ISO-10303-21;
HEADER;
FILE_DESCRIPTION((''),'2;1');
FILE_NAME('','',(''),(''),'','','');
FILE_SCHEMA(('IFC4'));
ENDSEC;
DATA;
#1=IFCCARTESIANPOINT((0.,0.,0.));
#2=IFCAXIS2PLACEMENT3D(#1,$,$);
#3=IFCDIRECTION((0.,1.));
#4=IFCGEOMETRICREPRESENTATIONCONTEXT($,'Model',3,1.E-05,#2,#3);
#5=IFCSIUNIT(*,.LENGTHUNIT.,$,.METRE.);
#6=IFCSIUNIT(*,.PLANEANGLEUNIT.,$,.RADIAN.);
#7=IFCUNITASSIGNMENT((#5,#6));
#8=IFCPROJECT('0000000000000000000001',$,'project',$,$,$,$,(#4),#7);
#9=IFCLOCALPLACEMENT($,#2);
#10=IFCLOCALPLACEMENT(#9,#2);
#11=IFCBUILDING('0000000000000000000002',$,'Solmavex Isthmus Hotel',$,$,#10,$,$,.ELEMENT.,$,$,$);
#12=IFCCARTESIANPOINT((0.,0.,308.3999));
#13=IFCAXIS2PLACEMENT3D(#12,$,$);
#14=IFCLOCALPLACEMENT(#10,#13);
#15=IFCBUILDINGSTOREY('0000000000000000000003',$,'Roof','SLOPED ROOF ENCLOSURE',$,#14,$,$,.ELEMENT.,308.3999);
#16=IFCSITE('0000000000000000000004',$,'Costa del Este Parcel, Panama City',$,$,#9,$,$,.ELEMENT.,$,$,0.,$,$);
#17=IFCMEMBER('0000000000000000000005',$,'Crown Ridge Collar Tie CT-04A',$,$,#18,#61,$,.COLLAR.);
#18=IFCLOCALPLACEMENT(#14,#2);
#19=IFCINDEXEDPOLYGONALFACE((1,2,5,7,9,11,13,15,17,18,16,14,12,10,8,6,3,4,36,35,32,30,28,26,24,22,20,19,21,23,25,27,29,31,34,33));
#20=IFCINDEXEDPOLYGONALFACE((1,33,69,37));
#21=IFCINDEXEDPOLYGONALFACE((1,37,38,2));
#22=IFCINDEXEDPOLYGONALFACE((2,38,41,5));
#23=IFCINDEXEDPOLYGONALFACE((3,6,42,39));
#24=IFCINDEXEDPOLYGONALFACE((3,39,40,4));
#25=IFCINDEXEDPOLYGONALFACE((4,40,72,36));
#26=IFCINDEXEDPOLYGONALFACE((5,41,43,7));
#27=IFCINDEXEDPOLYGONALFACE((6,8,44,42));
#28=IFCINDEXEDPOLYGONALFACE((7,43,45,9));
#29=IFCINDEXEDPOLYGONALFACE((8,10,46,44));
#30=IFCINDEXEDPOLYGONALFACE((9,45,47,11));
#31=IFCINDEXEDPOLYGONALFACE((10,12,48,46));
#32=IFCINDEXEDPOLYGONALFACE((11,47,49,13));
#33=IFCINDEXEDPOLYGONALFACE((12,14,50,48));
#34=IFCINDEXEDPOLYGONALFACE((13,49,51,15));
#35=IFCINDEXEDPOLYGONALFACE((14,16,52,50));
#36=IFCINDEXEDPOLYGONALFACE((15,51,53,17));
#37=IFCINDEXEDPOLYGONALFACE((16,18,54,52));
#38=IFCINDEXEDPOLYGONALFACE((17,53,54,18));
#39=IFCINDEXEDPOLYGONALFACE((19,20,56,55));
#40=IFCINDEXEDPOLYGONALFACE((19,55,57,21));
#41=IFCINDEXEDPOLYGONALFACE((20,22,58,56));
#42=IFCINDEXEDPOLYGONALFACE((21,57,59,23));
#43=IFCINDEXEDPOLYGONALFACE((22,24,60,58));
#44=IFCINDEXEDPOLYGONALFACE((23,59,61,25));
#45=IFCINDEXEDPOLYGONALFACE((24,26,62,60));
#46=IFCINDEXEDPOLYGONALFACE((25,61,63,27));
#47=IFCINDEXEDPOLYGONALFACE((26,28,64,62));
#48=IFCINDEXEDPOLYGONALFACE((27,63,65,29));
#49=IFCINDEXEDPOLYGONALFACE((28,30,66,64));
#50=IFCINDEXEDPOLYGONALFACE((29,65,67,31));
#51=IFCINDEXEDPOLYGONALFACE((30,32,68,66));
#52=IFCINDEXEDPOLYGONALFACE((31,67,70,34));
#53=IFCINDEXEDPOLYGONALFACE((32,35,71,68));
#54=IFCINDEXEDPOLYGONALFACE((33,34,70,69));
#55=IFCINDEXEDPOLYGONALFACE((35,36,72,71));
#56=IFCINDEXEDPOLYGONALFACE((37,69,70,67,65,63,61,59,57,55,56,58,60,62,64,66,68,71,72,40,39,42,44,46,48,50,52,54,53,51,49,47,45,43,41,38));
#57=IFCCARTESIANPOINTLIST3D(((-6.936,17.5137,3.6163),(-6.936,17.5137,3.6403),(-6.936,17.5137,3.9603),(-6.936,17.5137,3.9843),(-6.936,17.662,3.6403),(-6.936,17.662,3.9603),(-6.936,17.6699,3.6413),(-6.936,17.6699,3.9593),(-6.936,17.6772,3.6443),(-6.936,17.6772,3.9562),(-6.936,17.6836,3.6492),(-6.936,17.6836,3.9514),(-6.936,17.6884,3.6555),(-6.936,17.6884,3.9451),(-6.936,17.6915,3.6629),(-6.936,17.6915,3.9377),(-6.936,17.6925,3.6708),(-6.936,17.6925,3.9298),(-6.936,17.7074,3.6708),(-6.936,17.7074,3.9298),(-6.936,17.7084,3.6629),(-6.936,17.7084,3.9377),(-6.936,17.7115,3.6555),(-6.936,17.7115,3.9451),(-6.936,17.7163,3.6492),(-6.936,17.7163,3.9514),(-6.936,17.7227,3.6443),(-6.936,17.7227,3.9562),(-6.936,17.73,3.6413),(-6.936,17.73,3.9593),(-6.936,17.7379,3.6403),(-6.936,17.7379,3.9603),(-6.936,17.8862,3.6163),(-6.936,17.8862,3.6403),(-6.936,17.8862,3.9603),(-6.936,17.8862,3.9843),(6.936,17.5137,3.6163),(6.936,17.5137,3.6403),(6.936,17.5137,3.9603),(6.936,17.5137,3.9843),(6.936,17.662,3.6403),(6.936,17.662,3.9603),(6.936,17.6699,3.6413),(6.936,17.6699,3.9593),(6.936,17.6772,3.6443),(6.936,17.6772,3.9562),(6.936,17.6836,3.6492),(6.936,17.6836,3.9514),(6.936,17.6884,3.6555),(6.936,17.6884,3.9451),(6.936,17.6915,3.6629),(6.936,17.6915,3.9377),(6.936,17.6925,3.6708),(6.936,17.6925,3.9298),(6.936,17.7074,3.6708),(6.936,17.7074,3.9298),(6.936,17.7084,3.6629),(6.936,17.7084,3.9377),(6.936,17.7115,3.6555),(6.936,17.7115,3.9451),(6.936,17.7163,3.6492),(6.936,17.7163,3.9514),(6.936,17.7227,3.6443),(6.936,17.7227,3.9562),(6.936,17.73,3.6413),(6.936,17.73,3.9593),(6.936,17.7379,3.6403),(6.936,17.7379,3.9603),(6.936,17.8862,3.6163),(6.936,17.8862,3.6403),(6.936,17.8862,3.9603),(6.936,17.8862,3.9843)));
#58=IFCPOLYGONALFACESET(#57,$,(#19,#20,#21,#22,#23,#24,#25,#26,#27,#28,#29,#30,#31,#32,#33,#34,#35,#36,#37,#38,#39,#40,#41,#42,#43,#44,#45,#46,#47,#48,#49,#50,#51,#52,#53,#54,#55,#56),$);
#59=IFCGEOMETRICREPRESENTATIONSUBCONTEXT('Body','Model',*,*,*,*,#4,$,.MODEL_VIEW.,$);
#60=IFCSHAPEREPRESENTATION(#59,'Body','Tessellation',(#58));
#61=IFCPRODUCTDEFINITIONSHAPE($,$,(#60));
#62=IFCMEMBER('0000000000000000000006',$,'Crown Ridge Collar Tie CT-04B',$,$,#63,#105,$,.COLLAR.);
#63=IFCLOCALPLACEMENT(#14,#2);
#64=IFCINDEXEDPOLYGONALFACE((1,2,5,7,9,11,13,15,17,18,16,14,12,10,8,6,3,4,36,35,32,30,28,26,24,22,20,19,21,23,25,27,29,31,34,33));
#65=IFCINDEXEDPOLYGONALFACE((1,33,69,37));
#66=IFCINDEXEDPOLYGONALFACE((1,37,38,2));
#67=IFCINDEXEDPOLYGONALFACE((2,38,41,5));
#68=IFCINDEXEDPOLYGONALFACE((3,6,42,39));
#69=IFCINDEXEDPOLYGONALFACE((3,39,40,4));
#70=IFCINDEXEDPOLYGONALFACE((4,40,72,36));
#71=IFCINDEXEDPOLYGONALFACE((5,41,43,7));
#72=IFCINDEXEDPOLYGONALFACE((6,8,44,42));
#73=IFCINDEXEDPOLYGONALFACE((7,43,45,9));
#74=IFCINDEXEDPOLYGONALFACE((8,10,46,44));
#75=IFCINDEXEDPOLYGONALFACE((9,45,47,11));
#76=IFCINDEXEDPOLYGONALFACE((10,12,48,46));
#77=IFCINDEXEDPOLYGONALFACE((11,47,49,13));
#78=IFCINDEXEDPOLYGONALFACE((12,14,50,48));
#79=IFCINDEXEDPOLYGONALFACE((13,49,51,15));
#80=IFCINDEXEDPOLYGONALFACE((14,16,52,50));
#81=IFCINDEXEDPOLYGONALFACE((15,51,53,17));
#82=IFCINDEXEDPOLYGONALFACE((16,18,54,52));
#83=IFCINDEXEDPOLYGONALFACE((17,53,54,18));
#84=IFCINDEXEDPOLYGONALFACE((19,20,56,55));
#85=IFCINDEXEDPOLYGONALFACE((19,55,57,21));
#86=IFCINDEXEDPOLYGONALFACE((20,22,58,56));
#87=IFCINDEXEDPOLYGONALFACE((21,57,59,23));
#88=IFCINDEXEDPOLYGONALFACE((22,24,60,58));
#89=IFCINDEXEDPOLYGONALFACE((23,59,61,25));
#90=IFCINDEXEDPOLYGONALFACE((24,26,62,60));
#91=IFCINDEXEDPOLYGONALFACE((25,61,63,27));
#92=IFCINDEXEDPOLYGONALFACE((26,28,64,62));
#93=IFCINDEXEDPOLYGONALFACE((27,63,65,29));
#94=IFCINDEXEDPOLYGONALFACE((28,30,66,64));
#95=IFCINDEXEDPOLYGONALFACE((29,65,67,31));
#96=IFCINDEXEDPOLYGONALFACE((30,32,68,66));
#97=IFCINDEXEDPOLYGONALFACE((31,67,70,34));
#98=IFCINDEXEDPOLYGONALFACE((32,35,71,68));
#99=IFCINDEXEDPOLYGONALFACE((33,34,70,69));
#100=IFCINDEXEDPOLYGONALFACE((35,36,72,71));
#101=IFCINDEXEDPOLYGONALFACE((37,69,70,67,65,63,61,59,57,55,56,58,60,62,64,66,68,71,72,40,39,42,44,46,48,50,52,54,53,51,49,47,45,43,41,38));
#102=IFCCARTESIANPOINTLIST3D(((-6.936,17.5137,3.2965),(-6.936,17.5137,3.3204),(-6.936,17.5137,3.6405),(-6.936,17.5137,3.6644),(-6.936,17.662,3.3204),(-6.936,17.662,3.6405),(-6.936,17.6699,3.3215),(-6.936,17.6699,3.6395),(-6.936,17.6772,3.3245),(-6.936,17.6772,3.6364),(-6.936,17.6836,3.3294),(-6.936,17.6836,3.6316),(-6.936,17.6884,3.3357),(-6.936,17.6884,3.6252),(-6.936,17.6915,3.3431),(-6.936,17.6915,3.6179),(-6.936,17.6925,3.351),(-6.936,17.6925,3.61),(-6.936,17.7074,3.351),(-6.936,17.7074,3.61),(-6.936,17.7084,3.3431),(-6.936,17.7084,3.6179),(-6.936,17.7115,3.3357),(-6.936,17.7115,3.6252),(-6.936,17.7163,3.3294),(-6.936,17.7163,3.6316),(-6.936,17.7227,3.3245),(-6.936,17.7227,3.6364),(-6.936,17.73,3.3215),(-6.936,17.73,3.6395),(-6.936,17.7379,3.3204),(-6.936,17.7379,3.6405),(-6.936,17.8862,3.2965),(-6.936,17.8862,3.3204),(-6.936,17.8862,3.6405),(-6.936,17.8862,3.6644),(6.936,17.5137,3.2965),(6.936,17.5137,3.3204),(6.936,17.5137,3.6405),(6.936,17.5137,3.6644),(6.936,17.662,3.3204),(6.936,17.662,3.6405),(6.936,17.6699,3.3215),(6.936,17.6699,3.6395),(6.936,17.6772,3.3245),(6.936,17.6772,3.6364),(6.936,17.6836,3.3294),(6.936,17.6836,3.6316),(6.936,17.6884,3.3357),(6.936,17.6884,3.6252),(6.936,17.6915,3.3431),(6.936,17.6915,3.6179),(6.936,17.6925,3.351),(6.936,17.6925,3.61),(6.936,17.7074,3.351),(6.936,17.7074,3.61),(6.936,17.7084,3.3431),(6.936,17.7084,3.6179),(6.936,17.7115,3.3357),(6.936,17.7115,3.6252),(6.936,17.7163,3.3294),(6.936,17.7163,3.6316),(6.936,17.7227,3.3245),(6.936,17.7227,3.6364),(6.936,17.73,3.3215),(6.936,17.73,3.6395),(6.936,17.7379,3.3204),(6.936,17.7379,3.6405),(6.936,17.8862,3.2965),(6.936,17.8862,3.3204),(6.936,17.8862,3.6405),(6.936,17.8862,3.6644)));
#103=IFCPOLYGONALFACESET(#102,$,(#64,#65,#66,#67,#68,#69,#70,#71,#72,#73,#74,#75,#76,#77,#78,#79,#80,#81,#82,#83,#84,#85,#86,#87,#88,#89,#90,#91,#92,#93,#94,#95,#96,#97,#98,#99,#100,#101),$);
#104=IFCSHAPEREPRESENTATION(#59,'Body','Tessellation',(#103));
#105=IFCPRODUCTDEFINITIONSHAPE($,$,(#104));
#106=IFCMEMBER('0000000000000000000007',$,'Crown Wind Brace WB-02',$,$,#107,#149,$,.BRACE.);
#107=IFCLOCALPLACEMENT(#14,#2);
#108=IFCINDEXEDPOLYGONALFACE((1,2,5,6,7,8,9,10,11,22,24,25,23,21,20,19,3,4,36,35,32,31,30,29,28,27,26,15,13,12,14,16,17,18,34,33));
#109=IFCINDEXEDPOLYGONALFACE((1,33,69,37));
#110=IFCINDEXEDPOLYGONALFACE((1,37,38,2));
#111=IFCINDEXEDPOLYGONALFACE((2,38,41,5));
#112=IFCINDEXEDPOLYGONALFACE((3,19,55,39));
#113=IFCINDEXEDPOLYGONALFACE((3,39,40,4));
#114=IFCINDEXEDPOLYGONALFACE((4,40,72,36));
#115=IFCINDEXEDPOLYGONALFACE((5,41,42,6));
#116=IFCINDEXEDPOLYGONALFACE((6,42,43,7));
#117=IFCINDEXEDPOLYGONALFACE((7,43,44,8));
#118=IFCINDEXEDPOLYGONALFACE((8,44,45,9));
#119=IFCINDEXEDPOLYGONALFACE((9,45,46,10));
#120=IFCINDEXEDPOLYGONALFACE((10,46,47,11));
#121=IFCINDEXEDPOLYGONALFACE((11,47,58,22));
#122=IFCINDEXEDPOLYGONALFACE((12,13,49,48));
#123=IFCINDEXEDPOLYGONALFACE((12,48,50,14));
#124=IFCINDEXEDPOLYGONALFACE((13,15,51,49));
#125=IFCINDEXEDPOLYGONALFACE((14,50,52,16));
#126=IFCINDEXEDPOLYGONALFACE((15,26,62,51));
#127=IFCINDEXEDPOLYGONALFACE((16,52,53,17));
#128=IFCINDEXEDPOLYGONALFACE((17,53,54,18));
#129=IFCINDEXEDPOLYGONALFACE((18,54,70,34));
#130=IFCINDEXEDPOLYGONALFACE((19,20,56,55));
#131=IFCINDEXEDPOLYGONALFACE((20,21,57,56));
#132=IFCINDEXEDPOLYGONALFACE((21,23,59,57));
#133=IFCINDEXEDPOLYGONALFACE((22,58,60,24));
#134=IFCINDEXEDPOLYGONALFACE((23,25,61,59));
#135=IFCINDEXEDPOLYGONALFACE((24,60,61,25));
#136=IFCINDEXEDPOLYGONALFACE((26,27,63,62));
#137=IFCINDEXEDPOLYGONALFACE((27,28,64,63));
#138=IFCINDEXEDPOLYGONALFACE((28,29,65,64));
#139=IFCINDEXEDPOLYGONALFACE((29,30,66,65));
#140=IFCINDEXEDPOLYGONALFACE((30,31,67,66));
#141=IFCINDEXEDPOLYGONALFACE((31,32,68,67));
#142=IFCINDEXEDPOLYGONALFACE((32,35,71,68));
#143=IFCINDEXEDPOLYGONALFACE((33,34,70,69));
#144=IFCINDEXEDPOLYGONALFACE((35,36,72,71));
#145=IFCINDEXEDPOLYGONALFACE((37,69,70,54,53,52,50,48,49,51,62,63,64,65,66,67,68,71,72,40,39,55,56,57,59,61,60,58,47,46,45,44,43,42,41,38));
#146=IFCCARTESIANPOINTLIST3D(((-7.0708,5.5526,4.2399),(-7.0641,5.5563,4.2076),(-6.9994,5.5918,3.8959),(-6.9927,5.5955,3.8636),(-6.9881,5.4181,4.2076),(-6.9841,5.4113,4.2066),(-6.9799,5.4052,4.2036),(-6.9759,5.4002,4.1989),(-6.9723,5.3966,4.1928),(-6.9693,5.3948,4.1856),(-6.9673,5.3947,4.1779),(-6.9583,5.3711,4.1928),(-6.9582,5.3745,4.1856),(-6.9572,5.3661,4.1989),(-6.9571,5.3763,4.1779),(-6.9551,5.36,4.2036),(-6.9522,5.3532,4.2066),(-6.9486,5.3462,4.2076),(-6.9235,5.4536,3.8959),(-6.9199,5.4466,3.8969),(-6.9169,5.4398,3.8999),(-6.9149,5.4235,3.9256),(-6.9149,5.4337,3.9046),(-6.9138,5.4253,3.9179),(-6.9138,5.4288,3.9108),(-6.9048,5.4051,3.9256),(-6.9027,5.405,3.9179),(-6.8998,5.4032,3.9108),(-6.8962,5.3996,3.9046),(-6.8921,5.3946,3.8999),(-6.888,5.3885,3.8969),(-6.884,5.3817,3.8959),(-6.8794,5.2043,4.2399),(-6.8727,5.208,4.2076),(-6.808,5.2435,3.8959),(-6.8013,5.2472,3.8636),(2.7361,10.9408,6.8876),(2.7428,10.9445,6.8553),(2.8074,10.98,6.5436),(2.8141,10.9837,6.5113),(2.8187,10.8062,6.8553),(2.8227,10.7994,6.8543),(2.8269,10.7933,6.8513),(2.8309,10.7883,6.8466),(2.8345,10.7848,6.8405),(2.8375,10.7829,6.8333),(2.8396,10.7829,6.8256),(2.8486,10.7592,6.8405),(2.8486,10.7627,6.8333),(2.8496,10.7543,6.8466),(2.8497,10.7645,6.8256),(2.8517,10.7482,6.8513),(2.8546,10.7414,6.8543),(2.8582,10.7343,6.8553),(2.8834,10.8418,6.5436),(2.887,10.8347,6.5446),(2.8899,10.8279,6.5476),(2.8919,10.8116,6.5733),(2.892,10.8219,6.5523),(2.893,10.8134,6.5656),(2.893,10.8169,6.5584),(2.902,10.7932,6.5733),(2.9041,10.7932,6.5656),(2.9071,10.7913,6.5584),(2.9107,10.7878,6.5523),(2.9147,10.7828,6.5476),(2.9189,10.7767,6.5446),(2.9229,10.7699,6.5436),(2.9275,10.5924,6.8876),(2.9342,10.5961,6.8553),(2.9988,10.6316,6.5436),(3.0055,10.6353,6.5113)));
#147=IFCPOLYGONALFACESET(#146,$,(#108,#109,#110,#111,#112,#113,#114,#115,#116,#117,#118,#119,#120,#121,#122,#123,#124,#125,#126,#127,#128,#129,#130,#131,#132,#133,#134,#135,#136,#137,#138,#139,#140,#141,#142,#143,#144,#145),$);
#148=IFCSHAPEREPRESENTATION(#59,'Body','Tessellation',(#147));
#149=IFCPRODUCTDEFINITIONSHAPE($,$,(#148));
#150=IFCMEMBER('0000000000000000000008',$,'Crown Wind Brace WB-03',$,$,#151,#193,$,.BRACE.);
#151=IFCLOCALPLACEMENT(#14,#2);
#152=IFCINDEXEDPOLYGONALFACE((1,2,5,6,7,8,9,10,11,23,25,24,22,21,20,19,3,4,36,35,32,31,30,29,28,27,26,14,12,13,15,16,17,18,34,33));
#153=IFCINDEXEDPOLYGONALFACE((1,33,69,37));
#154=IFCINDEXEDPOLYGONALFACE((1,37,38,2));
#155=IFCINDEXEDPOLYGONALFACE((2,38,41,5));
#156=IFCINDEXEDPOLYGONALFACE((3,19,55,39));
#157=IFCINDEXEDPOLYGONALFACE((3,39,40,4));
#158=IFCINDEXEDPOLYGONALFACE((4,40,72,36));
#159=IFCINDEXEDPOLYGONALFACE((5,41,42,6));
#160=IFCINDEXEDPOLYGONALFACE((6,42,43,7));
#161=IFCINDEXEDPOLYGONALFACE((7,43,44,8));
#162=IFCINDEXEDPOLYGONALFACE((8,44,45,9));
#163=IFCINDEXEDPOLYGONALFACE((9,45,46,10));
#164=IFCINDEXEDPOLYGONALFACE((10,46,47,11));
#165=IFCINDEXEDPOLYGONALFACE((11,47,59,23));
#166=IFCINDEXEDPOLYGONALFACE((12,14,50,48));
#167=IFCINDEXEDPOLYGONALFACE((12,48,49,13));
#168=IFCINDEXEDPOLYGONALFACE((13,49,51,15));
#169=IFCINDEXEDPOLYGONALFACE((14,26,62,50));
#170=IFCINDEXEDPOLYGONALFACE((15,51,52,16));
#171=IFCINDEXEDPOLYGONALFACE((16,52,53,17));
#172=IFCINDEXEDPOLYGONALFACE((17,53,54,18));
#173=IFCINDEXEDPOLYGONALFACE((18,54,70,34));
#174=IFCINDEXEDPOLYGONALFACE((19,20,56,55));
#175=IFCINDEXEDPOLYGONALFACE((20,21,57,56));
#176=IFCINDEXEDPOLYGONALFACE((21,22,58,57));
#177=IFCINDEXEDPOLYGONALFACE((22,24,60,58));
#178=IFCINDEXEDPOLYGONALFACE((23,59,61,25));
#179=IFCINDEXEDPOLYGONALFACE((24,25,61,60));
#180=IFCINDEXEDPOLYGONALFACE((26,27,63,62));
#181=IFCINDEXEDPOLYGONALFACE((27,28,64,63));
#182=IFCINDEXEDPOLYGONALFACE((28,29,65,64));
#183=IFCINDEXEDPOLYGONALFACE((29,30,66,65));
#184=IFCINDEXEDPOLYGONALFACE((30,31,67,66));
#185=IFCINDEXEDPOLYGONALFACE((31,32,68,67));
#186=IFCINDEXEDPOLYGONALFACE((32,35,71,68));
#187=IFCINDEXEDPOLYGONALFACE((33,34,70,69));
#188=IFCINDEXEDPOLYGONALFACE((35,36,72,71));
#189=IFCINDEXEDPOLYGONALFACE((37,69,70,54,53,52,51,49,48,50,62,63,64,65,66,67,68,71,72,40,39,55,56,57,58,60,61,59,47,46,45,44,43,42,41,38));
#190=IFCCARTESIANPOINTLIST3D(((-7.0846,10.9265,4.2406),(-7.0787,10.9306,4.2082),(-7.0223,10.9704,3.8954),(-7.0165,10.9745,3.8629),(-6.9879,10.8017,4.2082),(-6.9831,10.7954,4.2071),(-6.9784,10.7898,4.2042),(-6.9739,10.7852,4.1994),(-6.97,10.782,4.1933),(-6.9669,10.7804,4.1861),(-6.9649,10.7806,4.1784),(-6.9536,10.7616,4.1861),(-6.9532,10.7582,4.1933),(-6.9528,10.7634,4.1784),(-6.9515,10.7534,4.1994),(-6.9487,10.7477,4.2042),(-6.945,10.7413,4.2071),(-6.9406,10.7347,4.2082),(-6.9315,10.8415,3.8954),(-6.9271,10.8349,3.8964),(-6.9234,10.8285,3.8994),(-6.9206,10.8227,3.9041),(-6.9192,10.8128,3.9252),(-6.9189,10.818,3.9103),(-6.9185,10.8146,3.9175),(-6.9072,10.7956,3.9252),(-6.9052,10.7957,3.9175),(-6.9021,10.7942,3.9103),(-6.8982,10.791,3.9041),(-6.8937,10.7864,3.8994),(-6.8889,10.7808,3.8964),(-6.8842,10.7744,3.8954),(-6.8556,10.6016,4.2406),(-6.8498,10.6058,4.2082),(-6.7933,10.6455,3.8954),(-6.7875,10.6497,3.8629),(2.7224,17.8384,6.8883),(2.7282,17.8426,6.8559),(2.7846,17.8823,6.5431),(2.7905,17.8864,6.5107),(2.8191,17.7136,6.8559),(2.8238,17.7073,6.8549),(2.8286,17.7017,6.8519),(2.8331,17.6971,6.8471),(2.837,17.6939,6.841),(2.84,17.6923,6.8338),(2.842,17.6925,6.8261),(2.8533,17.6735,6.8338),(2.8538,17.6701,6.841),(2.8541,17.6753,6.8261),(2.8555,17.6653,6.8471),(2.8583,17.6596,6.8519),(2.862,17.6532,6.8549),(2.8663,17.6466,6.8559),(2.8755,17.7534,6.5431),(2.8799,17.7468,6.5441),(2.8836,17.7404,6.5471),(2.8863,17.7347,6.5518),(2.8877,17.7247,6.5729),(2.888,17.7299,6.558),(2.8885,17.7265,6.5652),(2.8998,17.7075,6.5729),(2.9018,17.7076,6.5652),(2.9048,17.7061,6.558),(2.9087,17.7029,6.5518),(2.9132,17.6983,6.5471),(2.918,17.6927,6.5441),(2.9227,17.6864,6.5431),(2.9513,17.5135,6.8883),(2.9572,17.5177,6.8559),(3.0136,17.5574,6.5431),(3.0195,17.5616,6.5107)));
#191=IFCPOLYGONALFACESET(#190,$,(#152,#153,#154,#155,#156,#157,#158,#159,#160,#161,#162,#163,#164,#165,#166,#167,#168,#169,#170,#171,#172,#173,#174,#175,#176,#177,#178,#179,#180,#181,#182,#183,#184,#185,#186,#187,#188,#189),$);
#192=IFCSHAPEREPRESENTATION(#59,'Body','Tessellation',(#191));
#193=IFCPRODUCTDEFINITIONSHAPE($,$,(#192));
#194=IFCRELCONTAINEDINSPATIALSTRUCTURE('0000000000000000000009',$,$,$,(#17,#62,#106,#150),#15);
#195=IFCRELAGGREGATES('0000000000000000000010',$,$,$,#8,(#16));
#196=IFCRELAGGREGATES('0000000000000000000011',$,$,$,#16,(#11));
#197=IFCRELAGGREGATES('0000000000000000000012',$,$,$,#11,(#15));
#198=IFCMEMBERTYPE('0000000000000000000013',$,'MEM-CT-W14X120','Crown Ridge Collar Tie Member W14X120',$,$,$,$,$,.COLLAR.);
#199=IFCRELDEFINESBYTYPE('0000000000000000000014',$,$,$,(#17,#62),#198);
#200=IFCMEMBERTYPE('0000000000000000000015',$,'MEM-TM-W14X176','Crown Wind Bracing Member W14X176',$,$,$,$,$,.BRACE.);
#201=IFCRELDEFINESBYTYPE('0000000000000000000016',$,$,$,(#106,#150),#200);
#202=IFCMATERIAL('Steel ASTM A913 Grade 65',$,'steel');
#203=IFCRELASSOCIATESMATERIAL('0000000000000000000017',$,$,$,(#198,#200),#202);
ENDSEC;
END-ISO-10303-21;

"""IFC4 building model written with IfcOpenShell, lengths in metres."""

from ifc_helpers import new_model, si_unit, direction, frame, origin, origin_2d, place, context, subcontext, project, spatial, i_section, extrude, material, material_profile, profile_set, type_object, element, save


model = new_model("IFC4")

# Units and contexts
model_context = context("Model", 3, precision=1e-05, world=origin(), true_north=direction((0.0, 1.0)))
body_context = subcontext(model_context, "Body", "Model", "MODEL_VIEW")
ifc_project = project(units=[si_unit("LENGTHUNIT", "METRE"), si_unit("PLANEANGLEUNIT", "RADIAN")], contexts=[model_context])

# Site, building, storey
site_placement = place(None, origin())
site = spatial("IfcSite", under=ifc_project, at=site_placement, Name="Costa del Este Parcel, Panama City", CompositionType="ELEMENT", RefElevation=0.0)
building_placement = place(site_placement, origin())
building = spatial("IfcBuilding", under=site, at=building_placement, Name="Solmavex Isthmus Hotel", CompositionType="ELEMENT")
storey_placement = place(building_placement, frame((0.0, 0.0, 308.3999)))
storey = spatial("IfcBuildingStorey", under=building, at=storey_placement, Name="Roof", Description="SLOPED ROOF ENCLOSURE", CompositionType="ELEMENT", Elevation=308.3999)

# Shared definitions
ifc_material_1 = material(Name="Steel ASTM A913 Grade 65", Category="steel")

# Members
ifc_material_profile_1 = material_profile(ifc_material_1, i_section(OverallWidth=0.3726, OverallDepth=0.3679, WebThickness=0.0149, FlangeThickness=0.0239, FilletRadius=0.0305, at=origin_2d()), Name="W14X120")
ifc_profile_set_1 = profile_set([ifc_material_profile_1], Name="Steel ASTM A913 Grade 65")
member_type_1 = type_object("IfcMemberType", Name="MEM-CT-W14X120", Description="Crown Ridge Collar Tie Member W14X120", PredefinedType="COLLAR", material=ifc_profile_set_1)
for number, where, z_axis, x_axis, name in (
    (1, (-6.936, 17.7, 3.8003), (1.0, 0.0, 0.0), (0.0, 1.0, 0.0), "Crown Ridge Collar Tie CT-04A"),
    (2, (-6.936, 17.7, 3.4805), (1.0, 0.0, 0.0), (0.0, 1.0, 0.0), "Crown Ridge Collar Tie CT-04B"),
):
    element("IfcMember", number, at=place(storey_placement, frame(where, z_axis=z_axis, x_axis=x_axis)), inside=storey, type_object=member_type_1, Name=name, PredefinedType="COLLAR", context=body_context, shape_type="SweptSolid", body=[
        extrude(i_section(OverallWidth=0.3726, OverallDepth=0.3679, WebThickness=0.0149, FlangeThickness=0.0239, FilletRadius=0.0305, at=origin_2d()), origin(), (0.0, 0.0, 1.0), 13.8721),
    ])
ifc_material_profile_2 = material_profile(ifc_material_1, i_section(OverallWidth=0.3975, OverallDepth=0.3867, WebThickness=0.021, FlangeThickness=0.0332, FilletRadius=0.0305, at=origin_2d()), Name="W14X176")
ifc_profile_set_2 = profile_set([ifc_material_profile_2], Name="Steel ASTM A913 Grade 65")
member_type_2 = type_object("IfcMemberType", Name="MEM-TM-W14X176", Description="Crown Wind Bracing Member W14X176", PredefinedType="BRACE", material=ifc_profile_set_2)
member_1_placement = place(storey_placement, frame((-6.936, 5.3999, 4.0518), z_axis=(0.852876, 0.468595, 0.230263), x_axis=(-0.481534, 0.876427, 0.0)))
element("IfcMember", 3, at=member_1_placement, inside=storey, type_object=member_type_2, Name="Crown Wind Brace WB-02", PredefinedType="BRACE", context=body_context, shape_type="SweptSolid", body=[
    extrude(i_section(OverallWidth=0.3975, OverallDepth=0.3867, WebThickness=0.021, FlangeThickness=0.0332, FilletRadius=0.0305, at=origin_2d()), origin(), (0.0, 0.0, 1.0), 11.4985),
])
member_2_placement = place(storey_placement, frame((-6.936, 10.7881, 4.0518), z_axis=(0.798181, 0.562556, 0.215496), x_axis=(-0.576091, 0.817386, 0.0)))
element("IfcMember", 4, at=member_2_placement, inside=storey, type_object=member_type_2, Name="Crown Wind Brace WB-03", PredefinedType="BRACE", context=body_context, shape_type="SweptSolid", body=[
    extrude(i_section(OverallWidth=0.3975, OverallDepth=0.3867, WebThickness=0.021, FlangeThickness=0.0332, FilletRadius=0.0305, at=origin_2d()), origin(), (0.0, 0.0, 1.0), 12.2866),
])

save(model, "model.ifc")
